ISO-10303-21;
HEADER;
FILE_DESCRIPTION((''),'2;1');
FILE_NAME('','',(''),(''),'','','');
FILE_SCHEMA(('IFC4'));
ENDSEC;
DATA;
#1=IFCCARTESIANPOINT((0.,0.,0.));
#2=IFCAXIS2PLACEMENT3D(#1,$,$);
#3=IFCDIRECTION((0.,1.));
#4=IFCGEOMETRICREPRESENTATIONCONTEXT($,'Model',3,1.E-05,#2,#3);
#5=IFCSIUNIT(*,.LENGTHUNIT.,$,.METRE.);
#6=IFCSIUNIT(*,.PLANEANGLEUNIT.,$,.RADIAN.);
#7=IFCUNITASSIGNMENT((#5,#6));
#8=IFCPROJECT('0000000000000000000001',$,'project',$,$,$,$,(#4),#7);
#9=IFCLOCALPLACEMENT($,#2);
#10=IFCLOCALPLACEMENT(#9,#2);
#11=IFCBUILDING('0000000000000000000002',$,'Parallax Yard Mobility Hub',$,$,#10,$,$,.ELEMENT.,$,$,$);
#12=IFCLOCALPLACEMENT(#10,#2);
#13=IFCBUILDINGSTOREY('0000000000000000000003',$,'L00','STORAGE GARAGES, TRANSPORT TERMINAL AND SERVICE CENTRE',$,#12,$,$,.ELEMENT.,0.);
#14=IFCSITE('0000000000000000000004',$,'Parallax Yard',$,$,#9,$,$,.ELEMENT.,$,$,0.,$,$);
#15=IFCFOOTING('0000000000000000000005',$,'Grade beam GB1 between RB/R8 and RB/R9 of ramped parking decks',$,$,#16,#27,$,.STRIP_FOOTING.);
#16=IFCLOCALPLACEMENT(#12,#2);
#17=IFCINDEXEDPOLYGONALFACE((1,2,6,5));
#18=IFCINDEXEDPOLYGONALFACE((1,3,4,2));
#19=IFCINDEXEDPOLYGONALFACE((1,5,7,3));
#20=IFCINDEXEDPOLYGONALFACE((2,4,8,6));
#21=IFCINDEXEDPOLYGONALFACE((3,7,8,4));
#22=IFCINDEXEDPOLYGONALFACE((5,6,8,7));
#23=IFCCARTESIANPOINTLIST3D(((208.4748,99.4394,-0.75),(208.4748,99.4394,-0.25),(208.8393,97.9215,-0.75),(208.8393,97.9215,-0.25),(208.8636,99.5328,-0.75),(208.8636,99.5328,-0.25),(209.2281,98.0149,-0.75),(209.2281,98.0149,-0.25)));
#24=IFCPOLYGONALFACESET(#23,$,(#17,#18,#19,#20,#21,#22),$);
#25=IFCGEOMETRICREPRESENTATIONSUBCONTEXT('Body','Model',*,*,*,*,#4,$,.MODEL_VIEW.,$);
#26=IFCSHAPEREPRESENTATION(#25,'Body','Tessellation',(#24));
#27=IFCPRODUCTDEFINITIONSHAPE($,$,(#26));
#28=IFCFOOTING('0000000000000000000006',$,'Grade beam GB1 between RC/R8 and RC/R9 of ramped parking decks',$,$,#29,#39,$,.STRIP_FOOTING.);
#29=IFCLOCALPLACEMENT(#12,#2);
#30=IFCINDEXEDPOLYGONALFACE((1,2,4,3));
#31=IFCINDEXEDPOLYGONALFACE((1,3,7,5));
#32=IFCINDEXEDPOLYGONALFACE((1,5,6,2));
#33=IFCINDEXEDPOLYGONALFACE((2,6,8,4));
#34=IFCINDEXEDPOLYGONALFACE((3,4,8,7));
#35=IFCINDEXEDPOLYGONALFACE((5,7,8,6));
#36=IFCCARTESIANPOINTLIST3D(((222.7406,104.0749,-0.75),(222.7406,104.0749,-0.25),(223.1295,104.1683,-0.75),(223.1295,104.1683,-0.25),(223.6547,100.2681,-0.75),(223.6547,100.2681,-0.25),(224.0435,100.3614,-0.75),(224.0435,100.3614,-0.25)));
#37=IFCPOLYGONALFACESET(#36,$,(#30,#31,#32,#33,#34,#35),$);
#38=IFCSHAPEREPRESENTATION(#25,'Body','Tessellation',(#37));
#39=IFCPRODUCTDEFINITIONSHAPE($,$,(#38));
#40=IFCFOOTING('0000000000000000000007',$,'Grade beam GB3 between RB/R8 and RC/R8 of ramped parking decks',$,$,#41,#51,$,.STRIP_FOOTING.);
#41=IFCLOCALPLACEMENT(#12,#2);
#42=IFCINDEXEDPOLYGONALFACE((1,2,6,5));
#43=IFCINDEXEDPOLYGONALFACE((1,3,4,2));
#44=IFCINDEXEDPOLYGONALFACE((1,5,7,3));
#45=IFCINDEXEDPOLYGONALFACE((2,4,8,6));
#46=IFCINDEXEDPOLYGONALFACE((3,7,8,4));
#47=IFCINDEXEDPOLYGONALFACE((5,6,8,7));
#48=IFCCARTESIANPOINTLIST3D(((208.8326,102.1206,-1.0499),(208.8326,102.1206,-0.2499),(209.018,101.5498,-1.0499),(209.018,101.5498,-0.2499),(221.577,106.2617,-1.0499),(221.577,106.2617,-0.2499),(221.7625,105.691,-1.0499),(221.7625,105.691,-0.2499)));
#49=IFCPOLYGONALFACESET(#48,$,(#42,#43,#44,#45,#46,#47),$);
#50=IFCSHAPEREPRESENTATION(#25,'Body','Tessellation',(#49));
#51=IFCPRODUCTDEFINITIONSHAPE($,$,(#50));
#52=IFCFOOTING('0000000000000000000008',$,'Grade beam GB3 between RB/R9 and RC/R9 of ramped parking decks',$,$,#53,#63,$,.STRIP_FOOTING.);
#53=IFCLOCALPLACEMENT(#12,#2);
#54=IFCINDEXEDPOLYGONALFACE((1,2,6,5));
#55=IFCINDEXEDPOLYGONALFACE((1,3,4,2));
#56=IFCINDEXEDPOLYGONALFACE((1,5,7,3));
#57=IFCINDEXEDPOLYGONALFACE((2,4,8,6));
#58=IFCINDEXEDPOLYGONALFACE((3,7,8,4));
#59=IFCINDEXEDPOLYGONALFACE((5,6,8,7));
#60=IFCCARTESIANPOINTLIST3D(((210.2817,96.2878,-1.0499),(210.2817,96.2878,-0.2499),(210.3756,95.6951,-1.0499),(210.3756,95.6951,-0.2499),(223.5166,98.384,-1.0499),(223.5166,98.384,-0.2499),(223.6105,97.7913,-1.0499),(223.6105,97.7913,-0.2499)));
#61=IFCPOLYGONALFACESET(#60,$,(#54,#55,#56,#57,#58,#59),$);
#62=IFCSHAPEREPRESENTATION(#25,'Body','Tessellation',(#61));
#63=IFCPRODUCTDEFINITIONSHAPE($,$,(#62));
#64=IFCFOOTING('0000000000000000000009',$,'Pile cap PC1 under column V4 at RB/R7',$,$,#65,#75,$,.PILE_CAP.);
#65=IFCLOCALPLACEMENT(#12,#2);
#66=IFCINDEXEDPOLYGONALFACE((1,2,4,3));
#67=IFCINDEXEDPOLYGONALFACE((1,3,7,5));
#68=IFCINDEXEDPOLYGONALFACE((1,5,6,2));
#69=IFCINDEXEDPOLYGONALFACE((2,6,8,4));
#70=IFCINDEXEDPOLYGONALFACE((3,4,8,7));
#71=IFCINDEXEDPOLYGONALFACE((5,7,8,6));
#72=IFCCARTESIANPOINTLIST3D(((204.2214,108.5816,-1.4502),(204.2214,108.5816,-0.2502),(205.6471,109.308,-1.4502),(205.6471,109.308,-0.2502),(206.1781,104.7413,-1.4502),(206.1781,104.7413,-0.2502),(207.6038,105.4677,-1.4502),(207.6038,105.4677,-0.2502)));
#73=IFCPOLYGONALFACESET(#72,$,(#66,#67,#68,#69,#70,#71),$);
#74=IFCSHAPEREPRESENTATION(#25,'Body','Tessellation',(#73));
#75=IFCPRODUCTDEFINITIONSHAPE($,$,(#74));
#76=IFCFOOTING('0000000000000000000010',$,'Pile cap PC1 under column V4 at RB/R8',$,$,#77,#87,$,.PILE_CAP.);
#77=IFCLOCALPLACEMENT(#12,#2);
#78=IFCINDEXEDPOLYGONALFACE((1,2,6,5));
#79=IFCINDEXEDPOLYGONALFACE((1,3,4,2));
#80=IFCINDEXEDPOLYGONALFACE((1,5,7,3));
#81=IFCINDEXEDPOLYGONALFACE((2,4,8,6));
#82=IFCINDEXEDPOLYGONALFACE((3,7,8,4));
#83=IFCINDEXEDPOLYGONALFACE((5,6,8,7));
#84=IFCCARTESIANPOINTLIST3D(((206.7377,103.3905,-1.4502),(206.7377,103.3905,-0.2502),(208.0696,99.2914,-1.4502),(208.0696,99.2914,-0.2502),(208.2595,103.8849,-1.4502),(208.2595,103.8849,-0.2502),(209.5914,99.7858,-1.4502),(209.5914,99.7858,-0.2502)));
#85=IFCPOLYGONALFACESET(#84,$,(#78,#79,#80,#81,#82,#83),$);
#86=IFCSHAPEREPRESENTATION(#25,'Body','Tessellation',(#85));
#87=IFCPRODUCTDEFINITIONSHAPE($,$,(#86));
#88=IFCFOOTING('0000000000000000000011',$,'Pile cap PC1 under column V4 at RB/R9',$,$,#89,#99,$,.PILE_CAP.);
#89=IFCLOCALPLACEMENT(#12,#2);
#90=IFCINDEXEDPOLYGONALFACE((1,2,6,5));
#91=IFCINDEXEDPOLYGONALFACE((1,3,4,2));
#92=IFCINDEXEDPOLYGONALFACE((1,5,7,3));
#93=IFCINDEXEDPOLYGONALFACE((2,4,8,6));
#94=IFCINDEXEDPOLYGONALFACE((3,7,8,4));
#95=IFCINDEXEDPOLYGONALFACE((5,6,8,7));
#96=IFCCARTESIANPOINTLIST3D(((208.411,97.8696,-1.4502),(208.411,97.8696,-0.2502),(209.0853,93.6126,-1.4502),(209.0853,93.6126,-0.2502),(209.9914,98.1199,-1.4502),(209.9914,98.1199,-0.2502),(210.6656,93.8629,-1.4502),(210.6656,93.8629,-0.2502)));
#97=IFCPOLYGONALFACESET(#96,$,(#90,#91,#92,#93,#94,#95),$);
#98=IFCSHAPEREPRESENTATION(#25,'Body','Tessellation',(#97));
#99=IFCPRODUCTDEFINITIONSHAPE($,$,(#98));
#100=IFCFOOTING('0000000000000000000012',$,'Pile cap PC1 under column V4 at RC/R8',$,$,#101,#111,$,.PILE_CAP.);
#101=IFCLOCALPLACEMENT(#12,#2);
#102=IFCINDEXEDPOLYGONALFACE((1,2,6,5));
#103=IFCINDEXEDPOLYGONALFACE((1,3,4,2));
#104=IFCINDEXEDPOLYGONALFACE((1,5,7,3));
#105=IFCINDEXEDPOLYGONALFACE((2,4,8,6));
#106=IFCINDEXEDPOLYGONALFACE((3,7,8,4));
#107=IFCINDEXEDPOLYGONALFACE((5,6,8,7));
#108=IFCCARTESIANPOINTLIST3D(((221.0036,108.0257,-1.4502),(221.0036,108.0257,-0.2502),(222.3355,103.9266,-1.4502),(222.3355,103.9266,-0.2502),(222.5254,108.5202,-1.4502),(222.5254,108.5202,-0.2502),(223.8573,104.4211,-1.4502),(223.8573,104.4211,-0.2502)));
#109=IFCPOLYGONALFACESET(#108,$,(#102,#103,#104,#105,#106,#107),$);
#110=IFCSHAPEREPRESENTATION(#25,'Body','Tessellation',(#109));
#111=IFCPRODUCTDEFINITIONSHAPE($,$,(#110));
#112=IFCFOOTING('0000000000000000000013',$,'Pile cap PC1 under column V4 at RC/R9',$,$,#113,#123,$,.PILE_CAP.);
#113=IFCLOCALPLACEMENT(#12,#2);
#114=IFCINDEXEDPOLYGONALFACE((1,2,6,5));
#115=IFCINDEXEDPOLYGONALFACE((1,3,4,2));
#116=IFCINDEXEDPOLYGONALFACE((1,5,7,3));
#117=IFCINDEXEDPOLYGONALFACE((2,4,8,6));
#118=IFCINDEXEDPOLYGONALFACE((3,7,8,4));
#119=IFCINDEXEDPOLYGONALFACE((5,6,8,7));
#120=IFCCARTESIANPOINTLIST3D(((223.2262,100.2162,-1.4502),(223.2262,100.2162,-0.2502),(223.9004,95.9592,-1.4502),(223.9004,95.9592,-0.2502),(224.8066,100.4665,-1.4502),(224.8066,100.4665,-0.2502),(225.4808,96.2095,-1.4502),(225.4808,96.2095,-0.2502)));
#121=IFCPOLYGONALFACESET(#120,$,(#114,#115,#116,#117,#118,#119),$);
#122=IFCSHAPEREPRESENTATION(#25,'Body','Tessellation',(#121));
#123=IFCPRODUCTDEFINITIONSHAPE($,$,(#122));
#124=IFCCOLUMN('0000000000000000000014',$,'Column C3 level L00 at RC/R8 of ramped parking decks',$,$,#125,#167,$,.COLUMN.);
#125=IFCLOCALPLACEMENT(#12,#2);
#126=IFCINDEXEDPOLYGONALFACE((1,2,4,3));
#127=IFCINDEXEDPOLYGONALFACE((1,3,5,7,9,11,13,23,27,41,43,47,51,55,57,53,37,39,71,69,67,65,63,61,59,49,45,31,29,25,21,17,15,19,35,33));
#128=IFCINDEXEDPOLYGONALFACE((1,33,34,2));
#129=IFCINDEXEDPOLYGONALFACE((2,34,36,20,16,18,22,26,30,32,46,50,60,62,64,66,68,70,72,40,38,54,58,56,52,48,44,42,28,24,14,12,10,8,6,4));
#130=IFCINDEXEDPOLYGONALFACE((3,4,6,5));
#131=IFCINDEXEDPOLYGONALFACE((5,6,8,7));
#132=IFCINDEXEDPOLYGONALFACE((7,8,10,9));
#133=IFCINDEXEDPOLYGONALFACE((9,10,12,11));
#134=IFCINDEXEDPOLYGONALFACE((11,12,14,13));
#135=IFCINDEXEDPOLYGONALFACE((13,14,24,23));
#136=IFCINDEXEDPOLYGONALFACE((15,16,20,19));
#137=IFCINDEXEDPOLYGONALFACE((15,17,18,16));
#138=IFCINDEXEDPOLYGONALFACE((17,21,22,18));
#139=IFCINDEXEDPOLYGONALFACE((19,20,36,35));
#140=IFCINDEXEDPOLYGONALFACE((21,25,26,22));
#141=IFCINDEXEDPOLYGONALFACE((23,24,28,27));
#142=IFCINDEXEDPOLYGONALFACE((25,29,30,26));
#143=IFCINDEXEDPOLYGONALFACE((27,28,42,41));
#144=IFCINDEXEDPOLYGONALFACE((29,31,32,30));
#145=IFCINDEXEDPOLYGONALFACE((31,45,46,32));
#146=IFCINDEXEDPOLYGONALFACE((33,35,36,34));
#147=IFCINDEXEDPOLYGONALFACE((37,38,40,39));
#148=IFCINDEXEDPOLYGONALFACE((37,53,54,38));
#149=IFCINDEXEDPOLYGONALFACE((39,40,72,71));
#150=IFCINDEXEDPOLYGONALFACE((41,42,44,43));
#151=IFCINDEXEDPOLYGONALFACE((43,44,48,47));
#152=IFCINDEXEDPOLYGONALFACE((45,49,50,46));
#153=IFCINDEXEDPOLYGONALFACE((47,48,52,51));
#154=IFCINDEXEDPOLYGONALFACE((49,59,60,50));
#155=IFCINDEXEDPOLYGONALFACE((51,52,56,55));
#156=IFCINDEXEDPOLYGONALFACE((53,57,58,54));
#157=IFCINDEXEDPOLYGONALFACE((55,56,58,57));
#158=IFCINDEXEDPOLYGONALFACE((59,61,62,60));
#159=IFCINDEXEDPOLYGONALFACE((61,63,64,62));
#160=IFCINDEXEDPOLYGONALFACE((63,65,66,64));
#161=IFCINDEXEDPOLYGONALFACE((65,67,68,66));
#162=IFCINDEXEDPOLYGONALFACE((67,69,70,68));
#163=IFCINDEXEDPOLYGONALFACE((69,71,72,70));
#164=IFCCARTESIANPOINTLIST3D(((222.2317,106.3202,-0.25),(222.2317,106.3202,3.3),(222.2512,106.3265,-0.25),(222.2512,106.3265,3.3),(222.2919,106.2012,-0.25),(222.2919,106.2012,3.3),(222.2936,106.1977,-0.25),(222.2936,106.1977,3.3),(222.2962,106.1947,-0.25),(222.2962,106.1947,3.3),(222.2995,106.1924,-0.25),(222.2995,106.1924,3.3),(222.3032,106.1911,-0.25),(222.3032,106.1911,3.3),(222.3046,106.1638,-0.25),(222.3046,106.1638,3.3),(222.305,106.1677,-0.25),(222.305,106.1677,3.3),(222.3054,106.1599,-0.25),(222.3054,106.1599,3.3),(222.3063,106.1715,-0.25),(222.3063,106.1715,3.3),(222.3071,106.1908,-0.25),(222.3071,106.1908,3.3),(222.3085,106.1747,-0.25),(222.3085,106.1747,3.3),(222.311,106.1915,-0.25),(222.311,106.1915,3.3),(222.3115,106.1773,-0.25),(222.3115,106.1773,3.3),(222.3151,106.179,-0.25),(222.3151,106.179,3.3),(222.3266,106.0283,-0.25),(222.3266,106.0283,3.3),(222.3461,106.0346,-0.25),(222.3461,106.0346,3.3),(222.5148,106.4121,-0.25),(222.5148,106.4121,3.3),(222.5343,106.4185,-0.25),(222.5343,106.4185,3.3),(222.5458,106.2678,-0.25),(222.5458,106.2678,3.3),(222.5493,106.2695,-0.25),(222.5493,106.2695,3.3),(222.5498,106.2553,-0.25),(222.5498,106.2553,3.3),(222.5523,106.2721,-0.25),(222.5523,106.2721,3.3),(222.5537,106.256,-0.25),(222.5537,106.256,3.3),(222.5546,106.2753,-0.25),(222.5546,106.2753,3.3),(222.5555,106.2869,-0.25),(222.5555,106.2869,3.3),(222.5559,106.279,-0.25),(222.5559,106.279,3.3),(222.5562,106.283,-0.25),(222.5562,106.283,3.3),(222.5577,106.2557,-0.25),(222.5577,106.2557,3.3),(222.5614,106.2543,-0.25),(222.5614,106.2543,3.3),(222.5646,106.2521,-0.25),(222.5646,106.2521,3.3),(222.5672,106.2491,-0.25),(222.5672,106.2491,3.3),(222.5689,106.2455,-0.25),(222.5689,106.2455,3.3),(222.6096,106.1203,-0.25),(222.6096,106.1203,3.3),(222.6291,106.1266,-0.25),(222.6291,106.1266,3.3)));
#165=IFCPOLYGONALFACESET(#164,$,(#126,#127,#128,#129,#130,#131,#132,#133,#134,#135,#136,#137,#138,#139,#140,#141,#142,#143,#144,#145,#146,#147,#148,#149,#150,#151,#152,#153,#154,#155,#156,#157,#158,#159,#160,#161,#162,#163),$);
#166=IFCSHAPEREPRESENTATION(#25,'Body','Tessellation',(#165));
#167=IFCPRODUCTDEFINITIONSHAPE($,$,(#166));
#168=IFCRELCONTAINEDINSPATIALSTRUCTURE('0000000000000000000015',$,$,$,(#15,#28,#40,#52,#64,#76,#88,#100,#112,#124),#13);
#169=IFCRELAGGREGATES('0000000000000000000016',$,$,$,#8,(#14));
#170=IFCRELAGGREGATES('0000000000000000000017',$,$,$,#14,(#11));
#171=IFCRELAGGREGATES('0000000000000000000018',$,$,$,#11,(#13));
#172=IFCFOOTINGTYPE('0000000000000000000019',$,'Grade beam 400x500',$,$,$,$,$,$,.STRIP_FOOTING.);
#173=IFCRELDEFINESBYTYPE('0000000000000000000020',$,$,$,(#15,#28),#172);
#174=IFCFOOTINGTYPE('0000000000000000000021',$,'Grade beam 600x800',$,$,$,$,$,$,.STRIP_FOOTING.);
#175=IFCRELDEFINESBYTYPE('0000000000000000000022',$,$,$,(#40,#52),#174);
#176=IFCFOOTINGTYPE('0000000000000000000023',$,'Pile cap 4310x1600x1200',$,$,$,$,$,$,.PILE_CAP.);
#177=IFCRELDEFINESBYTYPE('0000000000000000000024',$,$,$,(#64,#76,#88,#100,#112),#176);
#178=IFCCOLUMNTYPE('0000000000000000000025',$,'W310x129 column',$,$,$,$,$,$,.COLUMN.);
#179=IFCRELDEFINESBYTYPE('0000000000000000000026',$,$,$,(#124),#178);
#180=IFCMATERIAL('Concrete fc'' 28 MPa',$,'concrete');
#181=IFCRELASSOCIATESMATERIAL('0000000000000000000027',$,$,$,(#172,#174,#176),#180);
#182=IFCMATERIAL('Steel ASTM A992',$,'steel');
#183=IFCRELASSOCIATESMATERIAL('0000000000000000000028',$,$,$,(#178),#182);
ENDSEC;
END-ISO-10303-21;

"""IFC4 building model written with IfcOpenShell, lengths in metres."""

from ifc_helpers import new_model, si_unit, direction, frame, origin, origin_2d, place, context, subcontext, project, spatial, rectangle, i_section, extrude, material, material_profile, profile_set, type_object, element, save


model = new_model("IFC4")

# Units and contexts
model_context = context("Model", 3, precision=1e-05, world=origin(), true_north=direction((0.0, 1.0)))
body_context = subcontext(model_context, "Body", "Model", "MODEL_VIEW")
ifc_project = project(units=[si_unit("LENGTHUNIT", "METRE"), si_unit("PLANEANGLEUNIT", "RADIAN")], contexts=[model_context])

# Site, building, storey
site_placement = place(None, origin())
site = spatial("IfcSite", under=ifc_project, at=site_placement, Name="Parallax Yard", CompositionType="ELEMENT", RefElevation=0.0)
building_placement = place(site_placement, origin())
building = spatial("IfcBuilding", under=site, at=building_placement, Name="Parallax Yard Mobility Hub", CompositionType="ELEMENT")
storey_placement = place(building_placement, origin())
storey = spatial("IfcBuildingStorey", under=building, at=storey_placement, Name="L00", Description="STORAGE GARAGES, TRANSPORT TERMINAL AND SERVICE CENTRE", CompositionType="ELEMENT", Elevation=0.0)

# Shared definitions
ifc_material_1 = material(Name="Concrete fc' 28 MPa", Category="concrete")

# Footings
ifc_material_profile_1 = material_profile(ifc_material_1, rectangle(XDim=0.3999, YDim=0.5, at=origin_2d()), Name="Grade beam 400x500")
ifc_profile_set_1 = profile_set([ifc_material_profile_1], Name="Concrete fc' 28 MPa")
footing_type_1 = type_object("IfcFootingType", Name="Grade beam 400x500", PredefinedType="STRIP_FOOTING", material=ifc_profile_set_1)
footing_1_placement = place(storey_placement, frame((208.6692, 99.4861, -0.5), z_axis=(0.233509, -0.972355, 0.0), x_axis=(0.972355, 0.233509, 0.0)))
element("IfcFooting", 1, at=footing_1_placement, inside=storey, type_object=footing_type_1, Name="Grade beam GB1 between RB/R8 and RB/R9 of ramped parking decks", PredefinedType="STRIP_FOOTING", context=body_context, shape_type="SweptSolid", body=[
    extrude(rectangle(XDim=0.3999, YDim=0.5, at=origin_2d()), origin(), (0.0, 0.0, 1.0), 1.561),
])
footing_2_placement = place(storey_placement, frame((222.9351, 104.1216, -0.5), z_axis=(0.233472, -0.972364, 0.0), x_axis=(0.972364, 0.233472, 0.0)))
element("IfcFooting", 2, at=footing_2_placement, inside=storey, type_object=footing_type_1, Name="Grade beam GB1 between RC/R8 and RC/R9 of ramped parking decks", PredefinedType="STRIP_FOOTING", context=body_context, shape_type="SweptSolid", body=[
    extrude(rectangle(XDim=0.3999, YDim=0.5, at=origin_2d()), origin(), (0.0, 0.0, 1.0), 3.915),
])
ifc_material_profile_2 = material_profile(ifc_material_1, rectangle(XDim=0.6001, YDim=0.8, at=origin_2d()), Name="Grade beam 600x800")
ifc_profile_set_2 = profile_set([ifc_material_profile_2], Name="Concrete fc' 28 MPa")
footing_type_2 = type_object("IfcFootingType", Name="Grade beam 600x800", PredefinedType="STRIP_FOOTING", material=ifc_profile_set_2)
footing_3_placement = place(storey_placement, frame((208.9253, 101.8352, -0.6499), z_axis=(0.951052, 0.309031, 0.0), x_axis=(-0.309031, 0.951052, 0.0)))
element("IfcFooting", 3, at=footing_3_placement, inside=storey, type_object=footing_type_2, Name="Grade beam GB3 between RB/R8 and RC/R8 of ramped parking decks", PredefinedType="STRIP_FOOTING", context=body_context, shape_type="SweptSolid", body=[
    extrude(rectangle(XDim=0.6001, YDim=0.8, at=origin_2d()), origin(), (0.0, 0.0, 1.0), 13.4004),
])
footing_4_placement = place(storey_placement, frame((210.3286, 95.9915, -0.6499), z_axis=(0.987688, 0.156434, 0.0), x_axis=(-0.156434, 0.987688, 0.0)))
element("IfcFooting", 4, at=footing_4_placement, inside=storey, type_object=footing_type_2, Name="Grade beam GB3 between RB/R9 and RC/R9 of ramped parking decks", PredefinedType="STRIP_FOOTING", context=body_context, shape_type="SweptSolid", body=[
    extrude(rectangle(XDim=0.6001, YDim=0.8, at=origin_2d()), origin(), (0.0, 0.0, 1.0), 13.3999),
])
footing_type_3 = type_object("IfcFootingType", Name="Pile cap 4310x1600x1200", PredefinedType="PILE_CAP", material=ifc_material_1)
for number, where, z_axis, x_axis, name in (
    (5, (205.9126, 107.0247, -1.4502), (0.0, 0.0, 1.0), (-0.45399, 0.891007, 0.0), "Pile cap PC1 under column V4 at RB/R7"),
    (6, (208.1646, 101.5881, -1.4502), (0.0, 0.0, 1.0), (-0.309017, 0.951057, 0.0), "Pile cap PC1 under column V4 at RB/R8"),
    (7, (209.5383, 95.8662, -1.4502), (0.0, 0.0, 1.0), (-0.156434, 0.987688, 0.0), "Pile cap PC1 under column V4 at RB/R9"),
    (8, (222.4304, 106.2234, -1.4502), (0.0, 0.0, 1.0), (-0.309017, 0.951057, 0.0), "Pile cap PC1 under column V4 at RC/R8"),
    (9, (224.3535, 98.2129, -1.4502), (0.0, 0.0, 1.0), (-0.156434, 0.987688, 0.0), "Pile cap PC1 under column V4 at RC/R9"),
):
    element("IfcFooting", number, at=place(storey_placement, frame(where, z_axis=z_axis, x_axis=x_axis)), inside=storey, type_object=footing_type_3, Name=name, PredefinedType="PILE_CAP", context=body_context, shape_type="SweptSolid", body=[
        extrude(rectangle(XDim=4.3101, YDim=1.6001, at=origin_2d()), origin(), (0.0, 0.0, 1.0), 1.2),
    ])

# Column
ifc_material_2 = material(Name="Steel ASTM A992", Category="steel")
ifc_material_profile_3 = material_profile(ifc_material_2, i_section(OverallWidth=0.3069, OverallDepth=0.3181, WebThickness=0.0132, FlangeThickness=0.0205, FilletRadius=0.0151, at=origin_2d()), Name="W310x129")
ifc_profile_set_3 = profile_set([ifc_material_profile_3], Name="Steel ASTM A992")
column_type_1 = type_object("IfcColumnType", Name="W310x129 column", PredefinedType="COLUMN", material=ifc_profile_set_3)
for number, where, z_axis, x_axis, name in (
    (10, (222.4304, 106.2234, -0.25), (0.0, 0.0, 1.0), (-0.309017, 0.951057, 0.0), "Column C3 level L00 at RC/R8 of ramped parking decks"),
):
    element("IfcColumn", number, at=place(storey_placement, frame(where, z_axis=z_axis, x_axis=x_axis)), inside=storey, type_object=column_type_1, Name=name, PredefinedType="COLUMN", context=body_context, shape_type="SweptSolid", body=[
        extrude(i_section(OverallWidth=0.3069, OverallDepth=0.3181, WebThickness=0.0132, FlangeThickness=0.0205, FilletRadius=0.0151, at=origin_2d()), origin(), (0.0, 0.0, 1.0), 3.55),
    ])

save(model, "model.ifc")
